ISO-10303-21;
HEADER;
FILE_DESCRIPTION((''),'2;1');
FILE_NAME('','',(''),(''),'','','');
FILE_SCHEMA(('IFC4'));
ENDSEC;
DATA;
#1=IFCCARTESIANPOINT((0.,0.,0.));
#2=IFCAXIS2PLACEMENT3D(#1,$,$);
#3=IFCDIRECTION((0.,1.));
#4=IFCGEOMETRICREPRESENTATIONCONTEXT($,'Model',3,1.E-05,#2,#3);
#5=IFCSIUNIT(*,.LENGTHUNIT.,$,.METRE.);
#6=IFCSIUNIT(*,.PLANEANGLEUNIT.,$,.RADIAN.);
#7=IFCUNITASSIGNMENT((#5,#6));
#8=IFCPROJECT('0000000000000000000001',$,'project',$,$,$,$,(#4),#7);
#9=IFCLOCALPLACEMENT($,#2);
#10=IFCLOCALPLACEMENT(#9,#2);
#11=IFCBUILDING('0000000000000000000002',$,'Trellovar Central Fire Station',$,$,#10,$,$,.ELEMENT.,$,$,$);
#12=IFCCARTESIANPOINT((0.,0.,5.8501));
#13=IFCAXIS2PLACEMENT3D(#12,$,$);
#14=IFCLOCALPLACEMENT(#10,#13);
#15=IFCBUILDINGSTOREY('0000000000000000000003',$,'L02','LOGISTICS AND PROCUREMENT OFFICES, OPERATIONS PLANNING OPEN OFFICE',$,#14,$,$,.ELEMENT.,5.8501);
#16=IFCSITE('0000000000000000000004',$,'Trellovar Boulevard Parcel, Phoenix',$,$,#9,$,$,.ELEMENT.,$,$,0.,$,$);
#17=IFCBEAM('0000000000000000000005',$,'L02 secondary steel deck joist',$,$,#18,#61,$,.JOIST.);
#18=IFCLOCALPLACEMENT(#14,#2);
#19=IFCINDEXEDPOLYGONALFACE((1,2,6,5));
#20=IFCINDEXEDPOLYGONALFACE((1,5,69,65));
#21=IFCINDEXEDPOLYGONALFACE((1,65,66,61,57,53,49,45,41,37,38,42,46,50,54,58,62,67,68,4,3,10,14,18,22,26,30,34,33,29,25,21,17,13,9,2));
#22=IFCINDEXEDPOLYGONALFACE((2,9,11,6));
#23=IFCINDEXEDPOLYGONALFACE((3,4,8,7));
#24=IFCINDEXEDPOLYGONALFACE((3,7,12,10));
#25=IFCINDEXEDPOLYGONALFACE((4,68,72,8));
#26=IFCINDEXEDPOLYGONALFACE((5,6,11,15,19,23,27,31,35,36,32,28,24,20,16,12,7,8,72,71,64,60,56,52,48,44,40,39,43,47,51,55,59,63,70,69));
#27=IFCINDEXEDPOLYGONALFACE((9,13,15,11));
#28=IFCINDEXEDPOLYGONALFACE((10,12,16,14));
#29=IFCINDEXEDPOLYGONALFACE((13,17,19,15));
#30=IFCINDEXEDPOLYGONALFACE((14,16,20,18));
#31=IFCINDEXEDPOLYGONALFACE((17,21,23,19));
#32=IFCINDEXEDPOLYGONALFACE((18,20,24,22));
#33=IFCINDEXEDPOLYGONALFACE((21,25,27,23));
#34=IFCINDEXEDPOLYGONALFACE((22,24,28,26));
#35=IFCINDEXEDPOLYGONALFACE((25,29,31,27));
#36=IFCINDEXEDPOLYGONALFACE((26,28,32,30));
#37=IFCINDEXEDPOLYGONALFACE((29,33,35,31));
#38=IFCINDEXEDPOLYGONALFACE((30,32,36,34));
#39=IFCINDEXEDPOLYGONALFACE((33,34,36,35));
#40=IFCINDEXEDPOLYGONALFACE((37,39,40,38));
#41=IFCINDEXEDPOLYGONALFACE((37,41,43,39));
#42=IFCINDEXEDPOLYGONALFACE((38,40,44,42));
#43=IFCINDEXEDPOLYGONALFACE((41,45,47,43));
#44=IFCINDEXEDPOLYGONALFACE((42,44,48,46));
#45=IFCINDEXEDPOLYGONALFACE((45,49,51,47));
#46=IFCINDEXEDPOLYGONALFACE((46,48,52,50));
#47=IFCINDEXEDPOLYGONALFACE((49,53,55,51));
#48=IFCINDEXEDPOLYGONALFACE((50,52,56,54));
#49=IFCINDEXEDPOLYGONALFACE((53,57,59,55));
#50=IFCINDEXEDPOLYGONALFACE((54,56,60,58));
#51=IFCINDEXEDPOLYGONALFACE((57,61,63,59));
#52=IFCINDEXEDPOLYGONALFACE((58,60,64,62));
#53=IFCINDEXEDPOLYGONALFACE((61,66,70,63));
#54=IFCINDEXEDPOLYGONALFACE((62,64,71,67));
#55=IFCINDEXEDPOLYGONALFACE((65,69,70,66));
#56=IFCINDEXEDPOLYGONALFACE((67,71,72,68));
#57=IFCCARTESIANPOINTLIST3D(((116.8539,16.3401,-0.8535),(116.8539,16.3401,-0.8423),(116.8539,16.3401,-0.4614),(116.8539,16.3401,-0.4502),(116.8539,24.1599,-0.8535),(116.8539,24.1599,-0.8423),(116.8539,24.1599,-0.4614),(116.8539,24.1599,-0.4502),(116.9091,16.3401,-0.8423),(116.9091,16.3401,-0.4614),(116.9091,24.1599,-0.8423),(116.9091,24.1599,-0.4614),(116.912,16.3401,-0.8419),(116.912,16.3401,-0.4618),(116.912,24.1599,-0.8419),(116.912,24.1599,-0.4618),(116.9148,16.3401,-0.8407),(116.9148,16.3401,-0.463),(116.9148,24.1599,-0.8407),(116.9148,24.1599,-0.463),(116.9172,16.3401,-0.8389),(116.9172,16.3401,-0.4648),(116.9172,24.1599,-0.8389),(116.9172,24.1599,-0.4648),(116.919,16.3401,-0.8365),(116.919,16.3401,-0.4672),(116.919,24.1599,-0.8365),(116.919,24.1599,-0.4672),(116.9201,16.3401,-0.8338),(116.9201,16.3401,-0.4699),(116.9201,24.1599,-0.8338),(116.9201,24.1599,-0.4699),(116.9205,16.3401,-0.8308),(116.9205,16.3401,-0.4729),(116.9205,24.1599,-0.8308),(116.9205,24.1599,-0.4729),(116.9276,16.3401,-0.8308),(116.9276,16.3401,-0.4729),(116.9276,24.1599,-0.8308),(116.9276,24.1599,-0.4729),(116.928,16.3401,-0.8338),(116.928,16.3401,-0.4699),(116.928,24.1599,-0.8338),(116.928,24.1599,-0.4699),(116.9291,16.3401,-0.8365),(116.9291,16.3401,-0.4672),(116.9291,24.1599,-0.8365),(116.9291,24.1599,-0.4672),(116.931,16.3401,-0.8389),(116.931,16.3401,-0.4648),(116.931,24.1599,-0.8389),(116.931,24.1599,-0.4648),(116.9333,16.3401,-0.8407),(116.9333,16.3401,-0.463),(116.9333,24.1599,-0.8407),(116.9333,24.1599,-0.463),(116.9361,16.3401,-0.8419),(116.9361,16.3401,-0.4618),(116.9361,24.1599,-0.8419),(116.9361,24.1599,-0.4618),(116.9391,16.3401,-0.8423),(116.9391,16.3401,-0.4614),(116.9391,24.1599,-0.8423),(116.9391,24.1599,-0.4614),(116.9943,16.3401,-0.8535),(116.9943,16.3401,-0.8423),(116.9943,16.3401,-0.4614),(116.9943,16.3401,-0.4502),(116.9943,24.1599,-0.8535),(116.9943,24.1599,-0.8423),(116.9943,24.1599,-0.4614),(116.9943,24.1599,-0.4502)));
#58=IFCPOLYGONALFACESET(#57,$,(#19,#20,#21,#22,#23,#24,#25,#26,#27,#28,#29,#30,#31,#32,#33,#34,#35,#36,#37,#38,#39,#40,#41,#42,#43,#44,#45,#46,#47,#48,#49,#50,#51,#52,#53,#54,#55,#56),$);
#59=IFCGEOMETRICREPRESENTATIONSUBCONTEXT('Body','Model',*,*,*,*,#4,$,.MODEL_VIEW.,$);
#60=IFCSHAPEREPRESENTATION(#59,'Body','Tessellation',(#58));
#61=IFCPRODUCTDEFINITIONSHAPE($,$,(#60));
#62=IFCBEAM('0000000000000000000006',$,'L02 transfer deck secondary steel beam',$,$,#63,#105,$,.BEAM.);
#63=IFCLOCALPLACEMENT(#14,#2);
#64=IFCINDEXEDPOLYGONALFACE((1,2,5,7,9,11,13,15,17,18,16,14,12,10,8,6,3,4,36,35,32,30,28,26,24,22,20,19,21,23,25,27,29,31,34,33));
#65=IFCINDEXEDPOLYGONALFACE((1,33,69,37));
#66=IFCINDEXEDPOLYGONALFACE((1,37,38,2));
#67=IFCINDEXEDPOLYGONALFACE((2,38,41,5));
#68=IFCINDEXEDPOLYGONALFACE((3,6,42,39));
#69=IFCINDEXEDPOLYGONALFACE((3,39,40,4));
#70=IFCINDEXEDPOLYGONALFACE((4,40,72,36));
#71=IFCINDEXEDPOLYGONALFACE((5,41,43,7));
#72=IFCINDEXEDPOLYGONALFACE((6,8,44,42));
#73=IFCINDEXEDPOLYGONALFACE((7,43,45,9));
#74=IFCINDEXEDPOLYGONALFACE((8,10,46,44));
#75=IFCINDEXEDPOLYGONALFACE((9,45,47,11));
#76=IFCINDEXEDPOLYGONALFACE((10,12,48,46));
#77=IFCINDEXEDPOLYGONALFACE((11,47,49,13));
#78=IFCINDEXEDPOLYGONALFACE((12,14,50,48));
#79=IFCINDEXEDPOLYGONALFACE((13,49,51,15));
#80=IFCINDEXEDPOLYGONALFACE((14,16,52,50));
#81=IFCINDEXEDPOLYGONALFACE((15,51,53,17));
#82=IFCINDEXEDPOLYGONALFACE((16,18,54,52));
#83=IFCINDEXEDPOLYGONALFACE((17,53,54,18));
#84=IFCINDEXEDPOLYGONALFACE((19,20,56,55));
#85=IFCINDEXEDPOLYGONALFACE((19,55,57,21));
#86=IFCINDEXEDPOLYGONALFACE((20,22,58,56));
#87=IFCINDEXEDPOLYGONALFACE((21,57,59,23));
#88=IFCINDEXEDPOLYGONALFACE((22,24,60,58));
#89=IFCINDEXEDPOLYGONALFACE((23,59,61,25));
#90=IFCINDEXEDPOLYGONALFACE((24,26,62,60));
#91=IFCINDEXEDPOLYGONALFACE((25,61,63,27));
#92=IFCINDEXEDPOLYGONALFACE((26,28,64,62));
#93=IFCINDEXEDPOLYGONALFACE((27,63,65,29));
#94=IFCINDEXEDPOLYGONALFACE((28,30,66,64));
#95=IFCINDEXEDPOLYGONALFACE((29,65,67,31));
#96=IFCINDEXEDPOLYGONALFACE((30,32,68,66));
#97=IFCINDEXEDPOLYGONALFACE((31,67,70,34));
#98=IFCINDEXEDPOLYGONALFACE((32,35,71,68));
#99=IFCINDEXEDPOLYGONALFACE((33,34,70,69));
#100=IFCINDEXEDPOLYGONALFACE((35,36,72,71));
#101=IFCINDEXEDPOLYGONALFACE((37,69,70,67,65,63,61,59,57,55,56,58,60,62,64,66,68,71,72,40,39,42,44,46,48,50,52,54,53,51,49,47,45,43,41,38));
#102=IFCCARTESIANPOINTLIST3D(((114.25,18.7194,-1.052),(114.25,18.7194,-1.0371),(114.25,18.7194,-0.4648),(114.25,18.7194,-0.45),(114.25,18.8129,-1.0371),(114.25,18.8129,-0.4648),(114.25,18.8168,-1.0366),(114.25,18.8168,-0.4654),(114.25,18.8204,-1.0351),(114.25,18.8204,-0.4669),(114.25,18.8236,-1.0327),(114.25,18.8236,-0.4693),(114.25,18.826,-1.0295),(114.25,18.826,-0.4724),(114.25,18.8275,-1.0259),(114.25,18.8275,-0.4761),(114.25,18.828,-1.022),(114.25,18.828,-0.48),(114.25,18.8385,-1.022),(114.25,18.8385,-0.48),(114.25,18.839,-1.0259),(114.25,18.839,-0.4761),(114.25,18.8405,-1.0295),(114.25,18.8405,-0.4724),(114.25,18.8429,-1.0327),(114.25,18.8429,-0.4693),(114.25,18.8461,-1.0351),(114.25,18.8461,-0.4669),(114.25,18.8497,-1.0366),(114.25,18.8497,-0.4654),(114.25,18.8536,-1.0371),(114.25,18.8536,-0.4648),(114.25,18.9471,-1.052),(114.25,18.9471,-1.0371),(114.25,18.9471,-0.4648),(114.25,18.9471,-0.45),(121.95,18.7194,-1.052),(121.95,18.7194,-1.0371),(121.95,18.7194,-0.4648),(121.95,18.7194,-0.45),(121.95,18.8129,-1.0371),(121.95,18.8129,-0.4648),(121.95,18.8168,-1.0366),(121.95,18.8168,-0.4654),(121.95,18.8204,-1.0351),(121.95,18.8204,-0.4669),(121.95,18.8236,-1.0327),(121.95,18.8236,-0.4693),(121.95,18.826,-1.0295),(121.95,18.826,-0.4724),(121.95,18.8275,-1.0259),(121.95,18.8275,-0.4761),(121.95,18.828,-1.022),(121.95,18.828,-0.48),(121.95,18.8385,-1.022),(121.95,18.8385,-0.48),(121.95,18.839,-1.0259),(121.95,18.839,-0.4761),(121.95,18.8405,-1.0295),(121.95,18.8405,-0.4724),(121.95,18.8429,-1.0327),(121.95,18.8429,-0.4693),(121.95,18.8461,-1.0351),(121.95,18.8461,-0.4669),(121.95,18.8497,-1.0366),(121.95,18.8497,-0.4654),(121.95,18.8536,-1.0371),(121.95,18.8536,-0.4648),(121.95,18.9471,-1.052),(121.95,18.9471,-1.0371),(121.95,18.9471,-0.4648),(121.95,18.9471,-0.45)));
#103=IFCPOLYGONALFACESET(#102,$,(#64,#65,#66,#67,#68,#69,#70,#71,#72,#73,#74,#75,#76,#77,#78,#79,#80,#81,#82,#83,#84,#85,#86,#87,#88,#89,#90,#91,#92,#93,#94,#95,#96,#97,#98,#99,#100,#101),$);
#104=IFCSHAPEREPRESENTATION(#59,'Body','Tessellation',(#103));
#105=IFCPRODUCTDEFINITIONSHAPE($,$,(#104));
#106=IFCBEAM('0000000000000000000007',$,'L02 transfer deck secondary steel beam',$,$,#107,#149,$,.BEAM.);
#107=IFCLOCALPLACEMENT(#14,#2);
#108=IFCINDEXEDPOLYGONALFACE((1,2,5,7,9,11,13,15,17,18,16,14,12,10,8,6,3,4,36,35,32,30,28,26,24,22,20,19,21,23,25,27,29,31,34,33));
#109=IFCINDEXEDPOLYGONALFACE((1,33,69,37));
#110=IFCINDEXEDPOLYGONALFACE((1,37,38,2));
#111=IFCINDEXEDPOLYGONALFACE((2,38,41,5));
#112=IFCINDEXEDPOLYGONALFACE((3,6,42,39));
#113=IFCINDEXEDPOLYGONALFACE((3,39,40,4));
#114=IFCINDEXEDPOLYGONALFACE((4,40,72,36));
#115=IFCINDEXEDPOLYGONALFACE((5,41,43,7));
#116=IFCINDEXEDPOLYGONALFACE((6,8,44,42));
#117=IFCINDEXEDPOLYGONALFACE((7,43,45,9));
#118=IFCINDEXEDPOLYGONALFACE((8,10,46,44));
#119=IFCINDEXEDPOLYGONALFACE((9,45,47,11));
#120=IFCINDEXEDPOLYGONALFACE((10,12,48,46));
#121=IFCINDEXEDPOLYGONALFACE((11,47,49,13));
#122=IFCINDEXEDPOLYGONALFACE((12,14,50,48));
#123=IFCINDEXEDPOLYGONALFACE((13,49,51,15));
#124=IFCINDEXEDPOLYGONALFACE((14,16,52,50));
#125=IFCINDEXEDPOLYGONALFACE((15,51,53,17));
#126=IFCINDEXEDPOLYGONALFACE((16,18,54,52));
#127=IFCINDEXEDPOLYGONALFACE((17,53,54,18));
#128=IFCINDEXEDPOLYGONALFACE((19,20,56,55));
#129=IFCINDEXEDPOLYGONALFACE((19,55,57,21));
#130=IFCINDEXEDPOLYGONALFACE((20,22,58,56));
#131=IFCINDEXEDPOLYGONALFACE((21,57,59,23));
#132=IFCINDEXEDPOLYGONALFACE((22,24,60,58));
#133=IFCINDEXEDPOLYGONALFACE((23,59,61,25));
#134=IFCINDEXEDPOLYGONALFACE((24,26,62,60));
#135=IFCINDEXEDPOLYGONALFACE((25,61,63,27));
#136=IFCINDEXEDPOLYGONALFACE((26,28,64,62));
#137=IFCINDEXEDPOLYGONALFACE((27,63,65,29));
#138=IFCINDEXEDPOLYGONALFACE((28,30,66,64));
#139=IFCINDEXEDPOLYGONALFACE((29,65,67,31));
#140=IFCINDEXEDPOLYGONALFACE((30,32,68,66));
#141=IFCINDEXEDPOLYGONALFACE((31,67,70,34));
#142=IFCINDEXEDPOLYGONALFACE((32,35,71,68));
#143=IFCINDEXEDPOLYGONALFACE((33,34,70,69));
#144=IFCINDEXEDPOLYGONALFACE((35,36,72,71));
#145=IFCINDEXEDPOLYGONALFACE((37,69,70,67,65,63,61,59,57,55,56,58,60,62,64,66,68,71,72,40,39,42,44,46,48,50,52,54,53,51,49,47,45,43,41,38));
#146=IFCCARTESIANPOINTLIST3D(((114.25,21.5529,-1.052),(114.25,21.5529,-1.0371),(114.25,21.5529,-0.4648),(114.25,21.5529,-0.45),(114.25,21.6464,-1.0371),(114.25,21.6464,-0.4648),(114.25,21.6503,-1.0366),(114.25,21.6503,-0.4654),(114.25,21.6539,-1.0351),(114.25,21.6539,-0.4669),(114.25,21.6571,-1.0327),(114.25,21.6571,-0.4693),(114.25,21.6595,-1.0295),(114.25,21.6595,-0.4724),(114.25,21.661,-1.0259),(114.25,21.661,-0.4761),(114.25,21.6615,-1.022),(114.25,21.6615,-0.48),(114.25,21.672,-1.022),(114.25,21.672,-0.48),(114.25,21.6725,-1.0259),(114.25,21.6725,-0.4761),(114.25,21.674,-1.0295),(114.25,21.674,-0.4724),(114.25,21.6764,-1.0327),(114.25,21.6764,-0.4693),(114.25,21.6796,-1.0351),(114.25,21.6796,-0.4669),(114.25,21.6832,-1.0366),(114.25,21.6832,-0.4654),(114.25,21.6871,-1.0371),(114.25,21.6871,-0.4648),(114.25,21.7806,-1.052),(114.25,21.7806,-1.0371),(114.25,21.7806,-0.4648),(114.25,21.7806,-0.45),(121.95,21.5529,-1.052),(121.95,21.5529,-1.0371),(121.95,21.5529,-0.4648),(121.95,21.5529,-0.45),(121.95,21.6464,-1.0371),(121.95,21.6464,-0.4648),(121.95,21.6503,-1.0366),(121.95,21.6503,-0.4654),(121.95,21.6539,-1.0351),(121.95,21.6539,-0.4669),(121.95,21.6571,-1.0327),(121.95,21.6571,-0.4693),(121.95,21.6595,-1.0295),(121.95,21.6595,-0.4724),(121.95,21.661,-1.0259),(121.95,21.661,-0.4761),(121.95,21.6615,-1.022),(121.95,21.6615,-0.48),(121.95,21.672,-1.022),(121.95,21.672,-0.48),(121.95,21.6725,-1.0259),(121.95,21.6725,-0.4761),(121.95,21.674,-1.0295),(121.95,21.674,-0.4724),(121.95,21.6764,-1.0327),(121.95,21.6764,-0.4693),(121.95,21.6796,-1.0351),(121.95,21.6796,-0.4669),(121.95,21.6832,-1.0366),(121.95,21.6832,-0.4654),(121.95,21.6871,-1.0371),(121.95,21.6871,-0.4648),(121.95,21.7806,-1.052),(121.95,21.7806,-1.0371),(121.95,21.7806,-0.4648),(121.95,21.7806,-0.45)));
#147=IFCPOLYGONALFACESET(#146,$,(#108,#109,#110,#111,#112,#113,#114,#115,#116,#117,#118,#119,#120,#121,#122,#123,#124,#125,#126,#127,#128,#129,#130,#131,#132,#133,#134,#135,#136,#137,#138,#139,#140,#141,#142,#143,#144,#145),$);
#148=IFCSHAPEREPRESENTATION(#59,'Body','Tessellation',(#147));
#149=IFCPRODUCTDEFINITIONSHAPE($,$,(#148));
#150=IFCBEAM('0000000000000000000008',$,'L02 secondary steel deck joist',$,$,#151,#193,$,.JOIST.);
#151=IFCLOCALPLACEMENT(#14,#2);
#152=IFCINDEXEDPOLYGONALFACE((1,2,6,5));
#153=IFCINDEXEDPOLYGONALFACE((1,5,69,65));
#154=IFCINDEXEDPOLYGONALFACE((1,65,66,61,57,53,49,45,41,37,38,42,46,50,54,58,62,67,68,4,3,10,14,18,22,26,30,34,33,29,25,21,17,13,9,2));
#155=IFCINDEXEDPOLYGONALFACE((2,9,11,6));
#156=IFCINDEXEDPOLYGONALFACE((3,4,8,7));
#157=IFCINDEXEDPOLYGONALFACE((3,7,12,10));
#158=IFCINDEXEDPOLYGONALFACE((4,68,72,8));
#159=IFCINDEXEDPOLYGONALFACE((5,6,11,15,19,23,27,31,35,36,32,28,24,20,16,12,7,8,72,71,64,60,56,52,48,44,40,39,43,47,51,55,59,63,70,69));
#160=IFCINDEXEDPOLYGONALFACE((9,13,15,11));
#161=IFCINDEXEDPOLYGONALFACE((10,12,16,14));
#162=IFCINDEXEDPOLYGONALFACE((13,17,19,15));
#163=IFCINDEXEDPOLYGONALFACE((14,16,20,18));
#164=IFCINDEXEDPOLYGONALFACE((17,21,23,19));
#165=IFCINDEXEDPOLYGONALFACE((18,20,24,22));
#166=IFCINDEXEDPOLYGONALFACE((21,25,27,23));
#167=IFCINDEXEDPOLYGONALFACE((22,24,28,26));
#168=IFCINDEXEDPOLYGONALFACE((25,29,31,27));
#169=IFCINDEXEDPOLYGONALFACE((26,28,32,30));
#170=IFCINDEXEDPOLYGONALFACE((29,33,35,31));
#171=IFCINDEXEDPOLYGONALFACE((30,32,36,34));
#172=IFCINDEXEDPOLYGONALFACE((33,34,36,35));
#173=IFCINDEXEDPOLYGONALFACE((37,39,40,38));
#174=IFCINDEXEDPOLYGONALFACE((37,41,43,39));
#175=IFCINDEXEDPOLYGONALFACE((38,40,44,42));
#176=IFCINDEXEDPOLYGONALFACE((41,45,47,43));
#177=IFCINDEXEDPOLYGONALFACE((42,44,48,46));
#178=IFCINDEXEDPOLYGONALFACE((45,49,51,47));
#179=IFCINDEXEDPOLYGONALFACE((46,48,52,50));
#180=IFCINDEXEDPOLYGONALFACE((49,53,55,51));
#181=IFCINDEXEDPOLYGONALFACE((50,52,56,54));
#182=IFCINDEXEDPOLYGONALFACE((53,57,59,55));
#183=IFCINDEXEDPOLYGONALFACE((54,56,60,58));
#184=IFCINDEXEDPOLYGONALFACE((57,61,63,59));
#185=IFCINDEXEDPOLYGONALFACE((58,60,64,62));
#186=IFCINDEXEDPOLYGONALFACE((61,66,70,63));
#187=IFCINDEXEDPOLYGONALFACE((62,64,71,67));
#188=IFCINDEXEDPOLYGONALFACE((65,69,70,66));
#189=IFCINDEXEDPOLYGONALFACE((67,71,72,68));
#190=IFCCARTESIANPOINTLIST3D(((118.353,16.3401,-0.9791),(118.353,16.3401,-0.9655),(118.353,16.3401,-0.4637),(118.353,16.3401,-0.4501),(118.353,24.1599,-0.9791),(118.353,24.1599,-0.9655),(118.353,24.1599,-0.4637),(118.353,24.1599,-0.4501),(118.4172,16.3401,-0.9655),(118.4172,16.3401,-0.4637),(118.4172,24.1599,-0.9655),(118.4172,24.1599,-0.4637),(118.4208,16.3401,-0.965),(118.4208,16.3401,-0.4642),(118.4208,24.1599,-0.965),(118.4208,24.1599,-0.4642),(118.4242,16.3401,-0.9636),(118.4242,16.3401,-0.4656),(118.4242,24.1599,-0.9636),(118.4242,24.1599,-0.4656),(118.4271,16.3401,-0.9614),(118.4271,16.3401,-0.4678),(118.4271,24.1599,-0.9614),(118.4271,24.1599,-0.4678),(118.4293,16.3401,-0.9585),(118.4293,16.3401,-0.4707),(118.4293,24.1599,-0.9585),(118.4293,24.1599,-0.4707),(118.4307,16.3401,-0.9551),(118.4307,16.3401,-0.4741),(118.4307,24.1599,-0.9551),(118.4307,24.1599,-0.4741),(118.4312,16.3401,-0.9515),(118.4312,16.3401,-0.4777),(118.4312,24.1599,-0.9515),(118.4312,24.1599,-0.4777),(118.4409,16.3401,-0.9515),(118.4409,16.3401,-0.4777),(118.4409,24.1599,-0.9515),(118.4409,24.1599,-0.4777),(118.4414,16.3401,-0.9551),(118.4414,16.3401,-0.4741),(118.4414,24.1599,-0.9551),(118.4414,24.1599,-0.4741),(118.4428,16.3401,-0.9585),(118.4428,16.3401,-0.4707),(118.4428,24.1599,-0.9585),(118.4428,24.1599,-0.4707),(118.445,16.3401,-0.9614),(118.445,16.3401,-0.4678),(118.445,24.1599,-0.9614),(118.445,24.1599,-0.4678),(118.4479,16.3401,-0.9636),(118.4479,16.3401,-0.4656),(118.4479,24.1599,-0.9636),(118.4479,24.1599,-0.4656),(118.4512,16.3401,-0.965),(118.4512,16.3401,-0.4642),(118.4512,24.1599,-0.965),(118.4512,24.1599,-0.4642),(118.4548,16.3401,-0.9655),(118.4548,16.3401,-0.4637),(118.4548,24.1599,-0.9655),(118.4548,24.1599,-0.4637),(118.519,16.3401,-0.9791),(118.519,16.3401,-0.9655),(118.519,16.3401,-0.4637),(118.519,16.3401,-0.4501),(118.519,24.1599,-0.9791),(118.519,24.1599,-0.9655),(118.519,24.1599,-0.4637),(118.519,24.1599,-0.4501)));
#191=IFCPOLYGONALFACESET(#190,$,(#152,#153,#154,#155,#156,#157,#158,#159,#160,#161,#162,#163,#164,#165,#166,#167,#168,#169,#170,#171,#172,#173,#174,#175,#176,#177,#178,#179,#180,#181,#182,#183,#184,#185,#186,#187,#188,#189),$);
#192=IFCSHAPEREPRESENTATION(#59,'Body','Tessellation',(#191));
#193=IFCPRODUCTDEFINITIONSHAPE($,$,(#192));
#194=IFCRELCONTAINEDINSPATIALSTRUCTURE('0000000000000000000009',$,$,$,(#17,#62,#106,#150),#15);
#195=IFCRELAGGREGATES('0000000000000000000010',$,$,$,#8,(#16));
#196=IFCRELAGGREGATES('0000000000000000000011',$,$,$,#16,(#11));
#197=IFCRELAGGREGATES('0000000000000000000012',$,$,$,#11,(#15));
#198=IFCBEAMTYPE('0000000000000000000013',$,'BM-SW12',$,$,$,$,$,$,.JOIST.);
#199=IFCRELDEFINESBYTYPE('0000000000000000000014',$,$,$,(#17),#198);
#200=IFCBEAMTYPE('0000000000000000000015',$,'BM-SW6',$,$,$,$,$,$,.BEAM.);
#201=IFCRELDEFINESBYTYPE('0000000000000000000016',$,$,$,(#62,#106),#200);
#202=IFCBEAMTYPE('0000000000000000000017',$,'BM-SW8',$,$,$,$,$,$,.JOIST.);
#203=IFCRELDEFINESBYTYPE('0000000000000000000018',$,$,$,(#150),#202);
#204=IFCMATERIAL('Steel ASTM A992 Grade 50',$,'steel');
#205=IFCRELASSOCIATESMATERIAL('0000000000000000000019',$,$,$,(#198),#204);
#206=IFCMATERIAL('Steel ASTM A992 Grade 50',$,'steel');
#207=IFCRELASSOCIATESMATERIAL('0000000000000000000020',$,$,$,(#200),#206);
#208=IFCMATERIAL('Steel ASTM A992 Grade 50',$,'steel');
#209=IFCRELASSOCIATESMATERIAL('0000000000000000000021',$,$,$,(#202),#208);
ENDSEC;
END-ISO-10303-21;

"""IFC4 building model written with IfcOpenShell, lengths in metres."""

from ifc_helpers import new_model, si_unit, direction, frame, origin, origin_2d, place, context, subcontext, project, spatial, i_section, extrude, material, material_profile, profile_set, type_object, element, save


model = new_model("IFC4")

# Units and contexts
model_context = context("Model", 3, precision=1e-05, world=origin(), true_north=direction((0.0, 1.0)))
body_context = subcontext(model_context, "Body", "Model", "MODEL_VIEW")
ifc_project = project(units=[si_unit("LENGTHUNIT", "METRE"), si_unit("PLANEANGLEUNIT", "RADIAN")], contexts=[model_context])

# Site, building, storey
site_placement = place(None, origin())
site = spatial("IfcSite", under=ifc_project, at=site_placement, Name="Trellovar Boulevard Parcel, Phoenix", CompositionType="ELEMENT", RefElevation=0.0)
building_placement = place(site_placement, origin())
building = spatial("IfcBuilding", under=site, at=building_placement, Name="Trellovar Central Fire Station", CompositionType="ELEMENT")
storey_placement = place(building_placement, frame((0.0, 0.0, 5.8501)))
storey = spatial("IfcBuildingStorey", under=building, at=storey_placement, Name="L02", Description="LOGISTICS AND PROCUREMENT OFFICES, OPERATIONS PLANNING OPEN OFFICE", CompositionType="ELEMENT", Elevation=5.8501)

# Beams
ifc_material_1 = material(Name="Steel ASTM A992 Grade 50", Category="steel")
ifc_material_profile_1 = material_profile(ifc_material_1, i_section(OverallWidth=0.1404, OverallDepth=0.4033, WebThickness=0.0071, FlangeThickness=0.0112, FilletRadius=0.0115, at=origin_2d()), Name="W16X31")
ifc_profile_set_1 = profile_set([ifc_material_profile_1], Name="Steel ASTM A992 Grade 50")
beam_type_1 = type_object("IfcBeamType", Name="BM-SW12", PredefinedType="JOIST", material=ifc_profile_set_1)
beam_1_placement = place(storey_placement, frame((116.9241, 16.3401, -0.6519), z_axis=(0.0, 1.0, 0.0), x_axis=(-1.0, 0.0, 0.0)))
element("IfcBeam", 1, at=beam_1_placement, inside=storey, type_object=beam_type_1, Name="L02 secondary steel deck joist", PredefinedType="JOIST", context=body_context, shape_type="SweptSolid", body=[
    extrude(i_section(OverallWidth=0.1404, OverallDepth=0.4033, WebThickness=0.0071, FlangeThickness=0.0112, FilletRadius=0.0115, at=origin_2d()), origin(), (0.0, 0.0, 1.0), 7.8198),
])
ifc_material_2 = material(Name="Steel ASTM A992 Grade 50", Category="steel")
ifc_material_profile_2 = material_profile(ifc_material_2, i_section(OverallWidth=0.2278, OverallDepth=0.6021, WebThickness=0.0105, FlangeThickness=0.0149, FilletRadius=0.0151, at=origin_2d()), Name="W24X68")
ifc_profile_set_2 = profile_set([ifc_material_profile_2], Name="Steel ASTM A992 Grade 50")
beam_type_2 = type_object("IfcBeamType", Name="BM-SW6", PredefinedType="BEAM", material=ifc_profile_set_2)
for number, where, z_axis, x_axis, name in (
    (2, (114.25, 18.8333, -0.751), (1.0, 0.0, 0.0), (0.0, 1.0, 0.0), "L02 transfer deck secondary steel beam"),
    (3, (114.25, 21.6667, -0.751), (1.0, 0.0, 0.0), (0.0, 1.0, 0.0), "L02 transfer deck secondary steel beam"),
):
    element("IfcBeam", number, at=place(storey_placement, frame(where, z_axis=z_axis, x_axis=x_axis)), inside=storey, type_object=beam_type_2, Name=name, PredefinedType="BEAM", context=body_context, shape_type="SweptSolid", body=[
        extrude(i_section(OverallWidth=0.2278, OverallDepth=0.6021, WebThickness=0.0105, FlangeThickness=0.0149, FilletRadius=0.0151, at=origin_2d()), origin(), (0.0, 0.0, 1.0), 7.7),
    ])
ifc_material_3 = material(Name="Steel ASTM A992 Grade 50", Category="steel")
ifc_material_profile_3 = material_profile(ifc_material_3, i_section(OverallWidth=0.166, OverallDepth=0.5291, WebThickness=0.0098, FlangeThickness=0.0137, FilletRadius=0.0139, at=origin_2d()), Name="W21X50")
ifc_profile_set_3 = profile_set([ifc_material_profile_3], Name="Steel ASTM A992 Grade 50")
beam_type_3 = type_object("IfcBeamType", Name="BM-SW8", PredefinedType="JOIST", material=ifc_profile_set_3)
beam_2_placement = place(storey_placement, frame((118.436, 16.3401, -0.7146), z_axis=(0.0, 1.0, 0.0), x_axis=(-1.0, 0.0, 0.0)))
element("IfcBeam", 4, at=beam_2_placement, inside=storey, type_object=beam_type_3, Name="L02 secondary steel deck joist", PredefinedType="JOIST", context=body_context, shape_type="SweptSolid", body=[
    extrude(i_section(OverallWidth=0.166, OverallDepth=0.5291, WebThickness=0.0098, FlangeThickness=0.0137, FilletRadius=0.0139, at=origin_2d()), origin(), (0.0, 0.0, 1.0), 7.8198),
])

save(model, "model.ifc")
